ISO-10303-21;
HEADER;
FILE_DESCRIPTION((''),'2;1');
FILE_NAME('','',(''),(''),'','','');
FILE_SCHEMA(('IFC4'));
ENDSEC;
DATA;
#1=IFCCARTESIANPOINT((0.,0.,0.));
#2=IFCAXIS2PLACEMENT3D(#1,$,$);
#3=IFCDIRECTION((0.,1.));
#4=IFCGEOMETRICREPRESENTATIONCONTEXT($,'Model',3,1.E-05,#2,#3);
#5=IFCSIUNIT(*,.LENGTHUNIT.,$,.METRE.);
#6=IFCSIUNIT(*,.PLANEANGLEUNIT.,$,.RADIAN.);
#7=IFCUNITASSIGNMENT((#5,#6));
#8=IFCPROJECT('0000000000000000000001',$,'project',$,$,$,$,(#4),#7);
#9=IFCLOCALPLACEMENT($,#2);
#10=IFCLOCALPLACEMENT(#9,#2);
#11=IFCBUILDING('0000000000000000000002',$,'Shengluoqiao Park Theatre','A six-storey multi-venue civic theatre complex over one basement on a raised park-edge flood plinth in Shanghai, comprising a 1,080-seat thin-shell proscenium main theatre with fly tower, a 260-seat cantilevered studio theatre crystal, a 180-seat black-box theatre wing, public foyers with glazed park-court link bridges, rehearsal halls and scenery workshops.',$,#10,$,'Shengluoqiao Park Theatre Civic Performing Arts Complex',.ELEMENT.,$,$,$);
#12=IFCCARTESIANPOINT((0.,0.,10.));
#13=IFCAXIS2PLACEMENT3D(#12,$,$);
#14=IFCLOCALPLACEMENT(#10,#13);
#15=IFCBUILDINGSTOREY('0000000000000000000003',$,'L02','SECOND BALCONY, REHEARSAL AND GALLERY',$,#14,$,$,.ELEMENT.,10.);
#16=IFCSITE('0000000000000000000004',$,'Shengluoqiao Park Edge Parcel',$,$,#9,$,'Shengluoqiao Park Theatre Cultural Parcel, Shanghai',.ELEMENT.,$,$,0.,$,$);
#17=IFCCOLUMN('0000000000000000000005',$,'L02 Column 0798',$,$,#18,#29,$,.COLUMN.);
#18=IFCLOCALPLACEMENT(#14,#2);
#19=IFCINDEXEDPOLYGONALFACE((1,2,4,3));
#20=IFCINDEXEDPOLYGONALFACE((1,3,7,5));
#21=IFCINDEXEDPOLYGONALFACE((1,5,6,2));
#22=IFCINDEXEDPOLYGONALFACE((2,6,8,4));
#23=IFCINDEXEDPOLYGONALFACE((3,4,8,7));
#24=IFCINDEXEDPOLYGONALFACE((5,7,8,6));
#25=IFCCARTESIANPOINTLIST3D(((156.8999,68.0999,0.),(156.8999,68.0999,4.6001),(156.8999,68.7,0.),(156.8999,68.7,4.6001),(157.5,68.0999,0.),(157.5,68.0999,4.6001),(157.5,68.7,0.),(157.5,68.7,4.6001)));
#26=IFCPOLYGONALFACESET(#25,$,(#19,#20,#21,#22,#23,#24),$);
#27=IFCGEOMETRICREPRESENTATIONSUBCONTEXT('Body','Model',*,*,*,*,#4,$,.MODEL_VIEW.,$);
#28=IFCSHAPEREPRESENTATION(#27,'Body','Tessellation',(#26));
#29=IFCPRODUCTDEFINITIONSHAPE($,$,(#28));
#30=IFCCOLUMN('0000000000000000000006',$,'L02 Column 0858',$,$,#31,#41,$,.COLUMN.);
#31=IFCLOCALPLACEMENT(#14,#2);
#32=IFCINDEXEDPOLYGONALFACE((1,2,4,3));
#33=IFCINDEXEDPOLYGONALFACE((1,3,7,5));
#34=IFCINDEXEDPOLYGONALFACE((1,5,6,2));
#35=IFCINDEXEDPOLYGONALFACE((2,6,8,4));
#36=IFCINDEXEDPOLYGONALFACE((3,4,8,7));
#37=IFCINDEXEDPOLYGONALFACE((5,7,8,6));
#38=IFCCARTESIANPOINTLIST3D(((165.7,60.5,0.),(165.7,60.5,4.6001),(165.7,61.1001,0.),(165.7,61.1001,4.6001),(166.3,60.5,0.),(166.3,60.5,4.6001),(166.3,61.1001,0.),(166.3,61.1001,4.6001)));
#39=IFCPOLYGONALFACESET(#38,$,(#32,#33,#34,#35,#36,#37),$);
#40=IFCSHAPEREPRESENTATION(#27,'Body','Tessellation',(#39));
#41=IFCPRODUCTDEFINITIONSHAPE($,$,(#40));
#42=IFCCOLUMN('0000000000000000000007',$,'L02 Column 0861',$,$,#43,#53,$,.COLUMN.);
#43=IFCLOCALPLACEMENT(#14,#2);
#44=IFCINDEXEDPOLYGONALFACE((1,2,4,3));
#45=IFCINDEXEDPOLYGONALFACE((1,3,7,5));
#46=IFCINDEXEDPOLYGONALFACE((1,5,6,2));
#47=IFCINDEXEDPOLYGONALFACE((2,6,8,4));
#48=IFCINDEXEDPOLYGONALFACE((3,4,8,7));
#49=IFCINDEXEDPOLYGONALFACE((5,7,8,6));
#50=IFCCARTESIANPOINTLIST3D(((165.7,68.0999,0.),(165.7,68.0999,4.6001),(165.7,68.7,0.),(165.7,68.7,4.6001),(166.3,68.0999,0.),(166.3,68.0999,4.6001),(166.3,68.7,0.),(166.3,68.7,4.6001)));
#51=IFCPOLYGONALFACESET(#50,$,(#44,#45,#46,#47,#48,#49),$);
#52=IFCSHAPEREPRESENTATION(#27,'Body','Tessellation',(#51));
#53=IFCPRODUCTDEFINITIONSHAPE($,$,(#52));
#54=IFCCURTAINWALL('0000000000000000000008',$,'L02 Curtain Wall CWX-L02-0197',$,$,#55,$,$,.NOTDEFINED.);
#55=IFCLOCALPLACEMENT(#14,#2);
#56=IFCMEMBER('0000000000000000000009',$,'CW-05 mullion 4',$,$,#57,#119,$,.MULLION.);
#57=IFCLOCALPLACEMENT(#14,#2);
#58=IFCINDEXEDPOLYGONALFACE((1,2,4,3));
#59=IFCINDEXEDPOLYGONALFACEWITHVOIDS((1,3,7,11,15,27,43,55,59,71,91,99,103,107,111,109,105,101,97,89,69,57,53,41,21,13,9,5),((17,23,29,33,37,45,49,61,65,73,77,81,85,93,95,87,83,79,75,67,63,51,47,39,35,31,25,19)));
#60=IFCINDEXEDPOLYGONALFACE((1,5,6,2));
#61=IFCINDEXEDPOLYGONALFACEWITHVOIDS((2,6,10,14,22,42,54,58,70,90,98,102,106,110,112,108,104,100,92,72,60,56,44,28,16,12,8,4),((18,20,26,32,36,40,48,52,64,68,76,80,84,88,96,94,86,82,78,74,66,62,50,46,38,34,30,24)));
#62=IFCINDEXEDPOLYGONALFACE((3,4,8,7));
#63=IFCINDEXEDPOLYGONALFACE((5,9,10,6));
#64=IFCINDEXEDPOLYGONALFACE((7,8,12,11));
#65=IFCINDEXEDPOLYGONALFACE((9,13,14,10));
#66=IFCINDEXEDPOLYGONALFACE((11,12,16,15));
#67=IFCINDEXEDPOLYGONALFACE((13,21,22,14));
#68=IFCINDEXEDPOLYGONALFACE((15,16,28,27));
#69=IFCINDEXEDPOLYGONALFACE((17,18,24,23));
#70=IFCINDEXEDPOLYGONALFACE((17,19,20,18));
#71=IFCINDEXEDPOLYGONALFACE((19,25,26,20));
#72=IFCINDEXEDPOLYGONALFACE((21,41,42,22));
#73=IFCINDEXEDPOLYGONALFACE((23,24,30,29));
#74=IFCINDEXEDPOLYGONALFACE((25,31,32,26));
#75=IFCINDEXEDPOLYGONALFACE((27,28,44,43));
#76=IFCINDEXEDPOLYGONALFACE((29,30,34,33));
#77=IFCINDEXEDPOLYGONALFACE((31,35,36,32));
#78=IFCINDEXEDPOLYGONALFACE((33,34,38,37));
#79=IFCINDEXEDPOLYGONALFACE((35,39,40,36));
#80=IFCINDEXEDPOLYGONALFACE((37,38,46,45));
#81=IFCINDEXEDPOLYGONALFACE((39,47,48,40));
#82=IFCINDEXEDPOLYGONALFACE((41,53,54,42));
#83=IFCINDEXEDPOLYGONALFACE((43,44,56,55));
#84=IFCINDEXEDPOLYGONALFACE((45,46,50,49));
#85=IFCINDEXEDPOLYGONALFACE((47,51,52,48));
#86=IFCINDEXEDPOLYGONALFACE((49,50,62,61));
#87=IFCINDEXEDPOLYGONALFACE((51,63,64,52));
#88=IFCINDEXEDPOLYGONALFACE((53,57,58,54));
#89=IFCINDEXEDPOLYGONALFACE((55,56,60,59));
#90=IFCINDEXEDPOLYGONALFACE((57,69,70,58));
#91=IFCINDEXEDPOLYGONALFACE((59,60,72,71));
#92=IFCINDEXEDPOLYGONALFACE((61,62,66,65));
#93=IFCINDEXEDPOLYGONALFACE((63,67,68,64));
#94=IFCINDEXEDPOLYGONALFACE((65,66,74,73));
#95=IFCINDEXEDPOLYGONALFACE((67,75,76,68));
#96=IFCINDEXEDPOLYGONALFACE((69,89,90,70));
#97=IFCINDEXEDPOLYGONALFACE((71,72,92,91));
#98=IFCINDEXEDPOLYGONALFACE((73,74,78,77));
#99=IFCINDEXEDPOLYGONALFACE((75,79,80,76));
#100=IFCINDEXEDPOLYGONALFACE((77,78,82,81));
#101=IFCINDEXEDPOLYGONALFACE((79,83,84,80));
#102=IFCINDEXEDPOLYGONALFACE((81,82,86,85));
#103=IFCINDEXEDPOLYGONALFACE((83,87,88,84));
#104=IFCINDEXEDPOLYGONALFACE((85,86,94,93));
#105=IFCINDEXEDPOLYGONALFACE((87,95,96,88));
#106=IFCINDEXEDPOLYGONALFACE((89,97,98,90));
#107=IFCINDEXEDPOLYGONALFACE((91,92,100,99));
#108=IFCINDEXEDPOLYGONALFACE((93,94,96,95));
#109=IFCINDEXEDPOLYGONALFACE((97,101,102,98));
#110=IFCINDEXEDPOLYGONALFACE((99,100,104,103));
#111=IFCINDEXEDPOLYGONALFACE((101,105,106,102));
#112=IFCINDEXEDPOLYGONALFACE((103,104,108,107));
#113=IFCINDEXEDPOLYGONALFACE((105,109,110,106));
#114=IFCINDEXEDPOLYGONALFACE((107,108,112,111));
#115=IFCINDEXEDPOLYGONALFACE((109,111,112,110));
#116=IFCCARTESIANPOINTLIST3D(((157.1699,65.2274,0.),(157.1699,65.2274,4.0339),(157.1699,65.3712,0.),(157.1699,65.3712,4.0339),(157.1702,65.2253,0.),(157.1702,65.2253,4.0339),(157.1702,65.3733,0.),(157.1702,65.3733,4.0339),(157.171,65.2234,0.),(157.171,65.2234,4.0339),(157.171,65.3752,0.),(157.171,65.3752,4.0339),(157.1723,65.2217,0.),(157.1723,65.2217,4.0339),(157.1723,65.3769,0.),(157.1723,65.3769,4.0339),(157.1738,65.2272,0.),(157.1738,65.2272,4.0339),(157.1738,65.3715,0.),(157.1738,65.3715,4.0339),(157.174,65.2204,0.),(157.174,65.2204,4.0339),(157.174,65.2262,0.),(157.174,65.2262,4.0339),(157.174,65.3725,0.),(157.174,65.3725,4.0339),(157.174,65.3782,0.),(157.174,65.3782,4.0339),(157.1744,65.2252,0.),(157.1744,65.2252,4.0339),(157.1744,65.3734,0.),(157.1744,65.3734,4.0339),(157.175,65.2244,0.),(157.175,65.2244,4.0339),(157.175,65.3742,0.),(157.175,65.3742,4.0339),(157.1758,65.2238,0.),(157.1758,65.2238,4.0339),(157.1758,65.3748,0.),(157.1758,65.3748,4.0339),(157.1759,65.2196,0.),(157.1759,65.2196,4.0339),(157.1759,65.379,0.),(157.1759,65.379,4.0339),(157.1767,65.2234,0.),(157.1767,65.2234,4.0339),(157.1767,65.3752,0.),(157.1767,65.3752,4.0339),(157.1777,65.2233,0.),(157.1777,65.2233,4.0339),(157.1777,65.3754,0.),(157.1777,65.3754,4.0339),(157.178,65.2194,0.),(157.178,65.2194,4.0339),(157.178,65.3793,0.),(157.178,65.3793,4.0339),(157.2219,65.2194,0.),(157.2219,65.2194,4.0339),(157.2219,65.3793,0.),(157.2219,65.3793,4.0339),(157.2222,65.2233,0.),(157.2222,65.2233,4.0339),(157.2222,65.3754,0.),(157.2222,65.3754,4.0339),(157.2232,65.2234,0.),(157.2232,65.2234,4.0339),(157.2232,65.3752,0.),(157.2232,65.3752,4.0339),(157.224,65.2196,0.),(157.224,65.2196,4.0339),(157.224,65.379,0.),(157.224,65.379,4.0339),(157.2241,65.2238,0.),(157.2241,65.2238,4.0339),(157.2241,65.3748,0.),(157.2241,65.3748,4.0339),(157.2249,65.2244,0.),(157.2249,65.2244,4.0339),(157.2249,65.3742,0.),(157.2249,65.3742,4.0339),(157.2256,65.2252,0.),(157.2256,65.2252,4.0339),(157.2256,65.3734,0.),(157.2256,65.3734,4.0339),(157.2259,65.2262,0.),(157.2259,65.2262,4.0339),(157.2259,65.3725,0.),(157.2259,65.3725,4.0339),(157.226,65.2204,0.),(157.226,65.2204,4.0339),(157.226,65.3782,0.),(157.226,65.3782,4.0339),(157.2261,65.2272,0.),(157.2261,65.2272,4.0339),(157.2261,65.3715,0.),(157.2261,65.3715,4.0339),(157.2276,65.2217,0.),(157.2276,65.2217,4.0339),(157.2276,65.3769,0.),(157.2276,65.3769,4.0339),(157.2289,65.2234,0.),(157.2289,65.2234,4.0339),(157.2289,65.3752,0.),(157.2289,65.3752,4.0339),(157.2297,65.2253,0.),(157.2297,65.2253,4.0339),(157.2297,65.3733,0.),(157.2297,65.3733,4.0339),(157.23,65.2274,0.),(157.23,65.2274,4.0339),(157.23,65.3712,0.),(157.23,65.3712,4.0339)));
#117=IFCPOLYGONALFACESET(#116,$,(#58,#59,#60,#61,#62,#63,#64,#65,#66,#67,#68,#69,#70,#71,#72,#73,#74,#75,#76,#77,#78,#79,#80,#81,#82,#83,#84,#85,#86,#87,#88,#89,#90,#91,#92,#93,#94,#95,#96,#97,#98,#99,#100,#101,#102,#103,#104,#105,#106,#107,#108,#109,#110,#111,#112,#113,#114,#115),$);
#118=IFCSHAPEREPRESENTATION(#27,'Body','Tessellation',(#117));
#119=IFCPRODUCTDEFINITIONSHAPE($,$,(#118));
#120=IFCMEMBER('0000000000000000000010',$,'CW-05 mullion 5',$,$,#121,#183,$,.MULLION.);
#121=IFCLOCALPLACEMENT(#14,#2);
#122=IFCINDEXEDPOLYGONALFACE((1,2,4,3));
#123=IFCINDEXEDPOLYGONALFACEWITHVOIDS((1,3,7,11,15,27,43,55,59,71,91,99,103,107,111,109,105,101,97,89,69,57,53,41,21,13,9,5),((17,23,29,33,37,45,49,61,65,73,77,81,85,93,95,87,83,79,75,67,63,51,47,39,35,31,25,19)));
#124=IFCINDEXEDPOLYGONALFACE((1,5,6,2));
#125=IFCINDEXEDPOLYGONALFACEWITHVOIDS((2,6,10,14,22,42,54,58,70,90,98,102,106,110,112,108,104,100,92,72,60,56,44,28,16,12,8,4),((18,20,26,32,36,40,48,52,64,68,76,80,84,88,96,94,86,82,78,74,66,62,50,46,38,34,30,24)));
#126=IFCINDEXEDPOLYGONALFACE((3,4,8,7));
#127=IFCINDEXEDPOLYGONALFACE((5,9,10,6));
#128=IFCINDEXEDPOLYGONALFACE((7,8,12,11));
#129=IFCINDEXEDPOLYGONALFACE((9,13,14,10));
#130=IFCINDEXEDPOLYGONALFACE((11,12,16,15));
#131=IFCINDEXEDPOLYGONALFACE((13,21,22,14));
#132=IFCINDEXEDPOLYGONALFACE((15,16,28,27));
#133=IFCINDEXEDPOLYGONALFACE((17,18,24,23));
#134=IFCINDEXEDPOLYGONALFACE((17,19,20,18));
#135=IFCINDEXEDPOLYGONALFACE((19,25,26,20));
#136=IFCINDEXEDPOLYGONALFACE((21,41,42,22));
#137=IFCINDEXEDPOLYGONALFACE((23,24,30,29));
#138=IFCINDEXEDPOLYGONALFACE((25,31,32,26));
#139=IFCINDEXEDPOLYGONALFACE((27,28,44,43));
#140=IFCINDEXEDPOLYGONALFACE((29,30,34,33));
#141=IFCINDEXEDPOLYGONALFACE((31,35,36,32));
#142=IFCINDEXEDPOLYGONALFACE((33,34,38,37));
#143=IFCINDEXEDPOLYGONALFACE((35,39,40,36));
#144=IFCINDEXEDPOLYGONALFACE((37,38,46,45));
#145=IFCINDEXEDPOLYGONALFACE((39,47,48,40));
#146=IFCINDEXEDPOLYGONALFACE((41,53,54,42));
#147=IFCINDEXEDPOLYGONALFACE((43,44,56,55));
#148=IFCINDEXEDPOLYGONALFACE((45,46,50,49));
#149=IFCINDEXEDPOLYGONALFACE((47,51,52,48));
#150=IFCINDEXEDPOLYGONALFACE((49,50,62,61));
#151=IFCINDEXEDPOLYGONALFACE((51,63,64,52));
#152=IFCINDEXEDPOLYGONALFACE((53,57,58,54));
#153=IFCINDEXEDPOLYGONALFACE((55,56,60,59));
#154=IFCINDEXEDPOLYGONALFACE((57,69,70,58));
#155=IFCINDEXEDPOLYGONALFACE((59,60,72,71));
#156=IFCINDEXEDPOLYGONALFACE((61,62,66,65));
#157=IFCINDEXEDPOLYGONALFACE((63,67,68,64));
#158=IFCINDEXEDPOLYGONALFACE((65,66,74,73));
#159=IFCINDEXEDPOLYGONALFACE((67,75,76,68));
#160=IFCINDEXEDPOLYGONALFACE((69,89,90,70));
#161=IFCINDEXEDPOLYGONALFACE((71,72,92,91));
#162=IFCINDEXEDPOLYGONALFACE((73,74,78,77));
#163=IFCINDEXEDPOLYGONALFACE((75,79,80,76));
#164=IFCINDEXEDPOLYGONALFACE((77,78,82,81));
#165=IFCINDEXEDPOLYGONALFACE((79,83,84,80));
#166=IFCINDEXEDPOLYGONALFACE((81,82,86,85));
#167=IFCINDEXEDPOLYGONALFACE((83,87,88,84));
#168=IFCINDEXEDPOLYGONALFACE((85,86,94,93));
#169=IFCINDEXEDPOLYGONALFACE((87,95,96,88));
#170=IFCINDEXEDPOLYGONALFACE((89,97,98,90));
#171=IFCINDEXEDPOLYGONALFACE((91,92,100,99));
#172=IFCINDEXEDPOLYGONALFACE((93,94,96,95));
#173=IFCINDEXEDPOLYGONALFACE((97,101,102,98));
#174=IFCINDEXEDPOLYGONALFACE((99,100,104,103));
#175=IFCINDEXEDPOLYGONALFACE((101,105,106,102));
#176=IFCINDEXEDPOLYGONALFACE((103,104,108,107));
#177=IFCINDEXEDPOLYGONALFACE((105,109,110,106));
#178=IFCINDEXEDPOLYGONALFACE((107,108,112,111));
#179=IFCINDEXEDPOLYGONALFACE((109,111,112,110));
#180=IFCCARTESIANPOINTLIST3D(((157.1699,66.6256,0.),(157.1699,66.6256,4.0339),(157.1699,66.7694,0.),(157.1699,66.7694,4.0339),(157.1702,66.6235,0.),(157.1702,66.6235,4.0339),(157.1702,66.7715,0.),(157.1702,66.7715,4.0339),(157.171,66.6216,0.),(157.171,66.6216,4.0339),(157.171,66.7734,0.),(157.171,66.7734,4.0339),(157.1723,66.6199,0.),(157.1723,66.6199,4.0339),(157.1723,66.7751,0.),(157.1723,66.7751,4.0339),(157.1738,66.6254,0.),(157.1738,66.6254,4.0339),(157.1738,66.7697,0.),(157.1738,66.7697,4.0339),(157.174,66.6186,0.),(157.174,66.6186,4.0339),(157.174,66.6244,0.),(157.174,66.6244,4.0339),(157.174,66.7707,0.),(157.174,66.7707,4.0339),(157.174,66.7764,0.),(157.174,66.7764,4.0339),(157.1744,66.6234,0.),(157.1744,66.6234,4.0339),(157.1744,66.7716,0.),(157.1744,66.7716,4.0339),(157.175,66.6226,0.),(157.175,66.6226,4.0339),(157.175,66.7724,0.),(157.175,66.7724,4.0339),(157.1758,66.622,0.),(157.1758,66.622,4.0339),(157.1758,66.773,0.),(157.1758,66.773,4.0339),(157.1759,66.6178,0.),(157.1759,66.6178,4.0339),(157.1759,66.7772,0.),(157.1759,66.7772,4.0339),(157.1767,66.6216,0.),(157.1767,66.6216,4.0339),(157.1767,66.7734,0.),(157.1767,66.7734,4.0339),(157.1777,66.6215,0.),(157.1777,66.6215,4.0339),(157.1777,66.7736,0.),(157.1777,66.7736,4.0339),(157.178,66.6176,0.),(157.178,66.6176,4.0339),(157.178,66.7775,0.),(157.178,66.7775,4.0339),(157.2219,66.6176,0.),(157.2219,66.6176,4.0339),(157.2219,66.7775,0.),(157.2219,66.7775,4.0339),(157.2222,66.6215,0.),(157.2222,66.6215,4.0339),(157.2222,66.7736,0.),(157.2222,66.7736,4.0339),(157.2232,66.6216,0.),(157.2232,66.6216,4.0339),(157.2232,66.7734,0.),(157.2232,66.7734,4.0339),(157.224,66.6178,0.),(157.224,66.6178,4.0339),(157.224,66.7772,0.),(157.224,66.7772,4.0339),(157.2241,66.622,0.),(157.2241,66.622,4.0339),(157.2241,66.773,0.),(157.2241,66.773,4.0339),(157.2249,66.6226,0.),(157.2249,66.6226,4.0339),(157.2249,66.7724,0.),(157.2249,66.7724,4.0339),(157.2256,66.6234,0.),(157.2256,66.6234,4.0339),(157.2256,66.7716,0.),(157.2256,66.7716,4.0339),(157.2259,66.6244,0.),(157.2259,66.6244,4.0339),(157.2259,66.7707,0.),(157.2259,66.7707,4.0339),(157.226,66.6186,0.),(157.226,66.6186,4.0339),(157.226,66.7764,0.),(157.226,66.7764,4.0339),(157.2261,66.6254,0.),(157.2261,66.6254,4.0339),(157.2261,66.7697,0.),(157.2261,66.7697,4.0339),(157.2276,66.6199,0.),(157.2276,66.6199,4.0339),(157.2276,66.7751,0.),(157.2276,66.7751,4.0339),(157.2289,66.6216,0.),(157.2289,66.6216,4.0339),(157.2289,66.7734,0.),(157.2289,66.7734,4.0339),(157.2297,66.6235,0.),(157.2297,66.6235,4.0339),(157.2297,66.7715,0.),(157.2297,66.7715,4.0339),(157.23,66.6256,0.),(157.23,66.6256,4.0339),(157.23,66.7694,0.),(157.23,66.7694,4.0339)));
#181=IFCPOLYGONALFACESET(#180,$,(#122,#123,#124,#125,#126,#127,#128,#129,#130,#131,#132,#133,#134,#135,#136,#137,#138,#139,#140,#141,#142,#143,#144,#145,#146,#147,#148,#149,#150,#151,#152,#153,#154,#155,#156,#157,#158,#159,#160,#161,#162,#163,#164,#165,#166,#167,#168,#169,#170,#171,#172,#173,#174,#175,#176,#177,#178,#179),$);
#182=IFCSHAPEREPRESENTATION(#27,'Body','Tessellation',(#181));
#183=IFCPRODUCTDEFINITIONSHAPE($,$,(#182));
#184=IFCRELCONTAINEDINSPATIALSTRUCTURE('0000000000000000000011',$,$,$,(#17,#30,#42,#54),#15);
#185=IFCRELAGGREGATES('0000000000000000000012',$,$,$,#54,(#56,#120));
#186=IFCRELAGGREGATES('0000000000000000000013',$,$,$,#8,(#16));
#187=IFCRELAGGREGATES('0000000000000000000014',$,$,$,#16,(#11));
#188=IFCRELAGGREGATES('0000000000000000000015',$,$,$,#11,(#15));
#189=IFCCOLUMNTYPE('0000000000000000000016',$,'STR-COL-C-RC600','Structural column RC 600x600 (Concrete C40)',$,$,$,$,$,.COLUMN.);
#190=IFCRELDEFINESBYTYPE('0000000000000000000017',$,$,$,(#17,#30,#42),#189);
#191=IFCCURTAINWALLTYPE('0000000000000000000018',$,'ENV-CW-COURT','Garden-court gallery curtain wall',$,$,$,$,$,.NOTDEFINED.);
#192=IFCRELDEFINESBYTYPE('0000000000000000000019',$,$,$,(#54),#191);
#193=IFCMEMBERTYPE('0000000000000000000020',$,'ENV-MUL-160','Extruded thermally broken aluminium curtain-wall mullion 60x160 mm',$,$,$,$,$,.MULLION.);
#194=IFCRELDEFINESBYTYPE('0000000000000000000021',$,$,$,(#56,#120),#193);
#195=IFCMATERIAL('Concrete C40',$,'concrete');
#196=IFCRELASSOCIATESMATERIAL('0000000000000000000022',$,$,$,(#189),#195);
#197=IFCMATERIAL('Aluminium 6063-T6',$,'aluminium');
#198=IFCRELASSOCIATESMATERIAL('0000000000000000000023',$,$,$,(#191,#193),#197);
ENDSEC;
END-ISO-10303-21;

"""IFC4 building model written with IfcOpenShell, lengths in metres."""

from ifc_helpers import new_model, si_unit, direction, frame, origin, origin_2d, place, context, subcontext, project, spatial, rectangle, hollow_rectangle, extrude, material, material_profile, profile_set, type_object, element, aggregate, save


model = new_model("IFC4")

# Units and contexts
model_context = context("Model", 3, precision=1e-05, world=origin(), true_north=direction((0.0, 1.0)))
body_context = subcontext(model_context, "Body", "Model", "MODEL_VIEW")
ifc_project = project(units=[si_unit("LENGTHUNIT", "METRE"), si_unit("PLANEANGLEUNIT", "RADIAN")], contexts=[model_context])

# Site, building, storey
site_placement = place(None, origin())
site = spatial("IfcSite", under=ifc_project, at=site_placement, Name="Shengluoqiao Park Edge Parcel", LongName="Shengluoqiao Park Theatre Cultural Parcel, Shanghai", CompositionType="ELEMENT", RefElevation=0.0)
building_placement = place(site_placement, origin())
building = spatial("IfcBuilding", under=site, at=building_placement, Name="Shengluoqiao Park Theatre", Description="A six-storey multi-venue civic theatre complex over one basement on a raised park-edge flood plinth in Shanghai, comprising a 1,080-seat thin-shell proscenium main theatre with fly tower, a 260-seat cantilevered studio theatre crystal, a 180-seat black-box theatre wing, public foyers with glazed park-court link bridges, rehearsal halls and scenery workshops.", LongName="Shengluoqiao Park Theatre Civic Performing Arts Complex", CompositionType="ELEMENT")
storey_placement = place(building_placement, frame((0.0, 0.0, 10.0)))
storey = spatial("IfcBuildingStorey", under=building, at=storey_placement, Name="L02", Description="SECOND BALCONY, REHEARSAL AND GALLERY", CompositionType="ELEMENT", Elevation=10.0)

# Columns
ifc_material_1 = material(Name="Concrete C40", Category="concrete")
ifc_material_profile_1 = material_profile(ifc_material_1, rectangle(XDim=0.6001, YDim=0.6001, at=origin_2d()), Name="RC 600x600")
ifc_profile_set_1 = profile_set([ifc_material_profile_1], Name="Concrete C40")
column_type = type_object("IfcColumnType", Name="STR-COL-C-RC600", Description="Structural column RC 600x600 (Concrete C40)", PredefinedType="COLUMN", material=ifc_profile_set_1)
for number, where, z_axis, x_axis, name in (
    (1, (157.2, 68.3999, 0.0), (0.0, 0.0, 1.0), (1.0, 0.0, 0.0), "L02 Column 0798"),
    (2, (166.0, 60.8, 0.0), (0.0, 0.0, 1.0), (1.0, 0.0, 0.0), "L02 Column 0858"),
    (3, (166.0, 68.3999, 0.0), (0.0, 0.0, 1.0), (1.0, 0.0, 0.0), "L02 Column 0861"),
):
    element("IfcColumn", number, at=place(storey_placement, frame(where, z_axis=z_axis, x_axis=x_axis)), inside=storey, type_object=column_type, Name=name, PredefinedType="COLUMN", context=body_context, shape_type="SweptSolid", body=[
        extrude(rectangle(XDim=0.6001, YDim=0.6001, at=origin_2d()), origin(), (0.0, 0.0, 1.0), 4.6001),
    ])

# Curtain wall, members
ifc_material_2 = material(Name="Aluminium 6063-T6", Category="aluminium")
curtain_wall_type = type_object("IfcCurtainWallType", Name="ENV-CW-COURT", Description="Garden-court gallery curtain wall", PredefinedType="NOTDEFINED", material=ifc_material_2)
curtain_wall_placement = place(storey_placement, origin())
curtain_wall = element("IfcCurtainWall", 4, at=curtain_wall_placement, inside=storey, type_object=curtain_wall_type, Name="L02 Curtain Wall CWX-L02-0197", PredefinedType="NOTDEFINED")
ifc_material_profile_2 = material_profile(ifc_material_2, hollow_rectangle(XDim=0.0601, YDim=0.1599, WallThickness=0.0039, InnerFilletRadius=0.0039, OuterFilletRadius=0.0081, at=origin_2d()), Name="ALU MULLION 160x60x4")
ifc_profile_set_2 = profile_set([ifc_material_profile_2], Name="Aluminium 6063-T6")
member_type_1 = type_object("IfcMemberType", Name="ENV-MUL-160", Description="Extruded thermally broken aluminium curtain-wall mullion 60x160 mm", PredefinedType="MULLION", material=ifc_profile_set_2)
member_1_placement = place(storey_placement, frame((157.2, 65.2993, 0.0), z_axis=(0.0, 0.0, 1.0), x_axis=(-1.0, 0.0, 0.0)))
member_1 = element("IfcMember", 5, at=member_1_placement, type_object=member_type_1, Name="CW-05 mullion 4", PredefinedType="MULLION", context=body_context, shape_type="SweptSolid", body=[
    extrude(hollow_rectangle(XDim=0.0601, YDim=0.1599, WallThickness=0.0039, InnerFilletRadius=0.0039, OuterFilletRadius=0.0081, at=origin_2d()), origin(), (0.0, 0.0, 1.0), 4.0339),
])
member_2_placement = place(storey_placement, frame((157.2, 66.6975, 0.0), z_axis=(0.0, 0.0, 1.0), x_axis=(-1.0, 0.0, 0.0)))
member_2 = element("IfcMember", 6, at=member_2_placement, type_object=member_type_1, Name="CW-05 mullion 5", PredefinedType="MULLION", context=body_context, shape_type="SweptSolid", body=[
    extrude(hollow_rectangle(XDim=0.0601, YDim=0.1599, WallThickness=0.0039, InnerFilletRadius=0.0039, OuterFilletRadius=0.0081, at=origin_2d()), origin(), (0.0, 0.0, 1.0), 4.0339),
])

aggregate(curtain_wall, [member_1, member_2])

save(model, "model.ifc")
